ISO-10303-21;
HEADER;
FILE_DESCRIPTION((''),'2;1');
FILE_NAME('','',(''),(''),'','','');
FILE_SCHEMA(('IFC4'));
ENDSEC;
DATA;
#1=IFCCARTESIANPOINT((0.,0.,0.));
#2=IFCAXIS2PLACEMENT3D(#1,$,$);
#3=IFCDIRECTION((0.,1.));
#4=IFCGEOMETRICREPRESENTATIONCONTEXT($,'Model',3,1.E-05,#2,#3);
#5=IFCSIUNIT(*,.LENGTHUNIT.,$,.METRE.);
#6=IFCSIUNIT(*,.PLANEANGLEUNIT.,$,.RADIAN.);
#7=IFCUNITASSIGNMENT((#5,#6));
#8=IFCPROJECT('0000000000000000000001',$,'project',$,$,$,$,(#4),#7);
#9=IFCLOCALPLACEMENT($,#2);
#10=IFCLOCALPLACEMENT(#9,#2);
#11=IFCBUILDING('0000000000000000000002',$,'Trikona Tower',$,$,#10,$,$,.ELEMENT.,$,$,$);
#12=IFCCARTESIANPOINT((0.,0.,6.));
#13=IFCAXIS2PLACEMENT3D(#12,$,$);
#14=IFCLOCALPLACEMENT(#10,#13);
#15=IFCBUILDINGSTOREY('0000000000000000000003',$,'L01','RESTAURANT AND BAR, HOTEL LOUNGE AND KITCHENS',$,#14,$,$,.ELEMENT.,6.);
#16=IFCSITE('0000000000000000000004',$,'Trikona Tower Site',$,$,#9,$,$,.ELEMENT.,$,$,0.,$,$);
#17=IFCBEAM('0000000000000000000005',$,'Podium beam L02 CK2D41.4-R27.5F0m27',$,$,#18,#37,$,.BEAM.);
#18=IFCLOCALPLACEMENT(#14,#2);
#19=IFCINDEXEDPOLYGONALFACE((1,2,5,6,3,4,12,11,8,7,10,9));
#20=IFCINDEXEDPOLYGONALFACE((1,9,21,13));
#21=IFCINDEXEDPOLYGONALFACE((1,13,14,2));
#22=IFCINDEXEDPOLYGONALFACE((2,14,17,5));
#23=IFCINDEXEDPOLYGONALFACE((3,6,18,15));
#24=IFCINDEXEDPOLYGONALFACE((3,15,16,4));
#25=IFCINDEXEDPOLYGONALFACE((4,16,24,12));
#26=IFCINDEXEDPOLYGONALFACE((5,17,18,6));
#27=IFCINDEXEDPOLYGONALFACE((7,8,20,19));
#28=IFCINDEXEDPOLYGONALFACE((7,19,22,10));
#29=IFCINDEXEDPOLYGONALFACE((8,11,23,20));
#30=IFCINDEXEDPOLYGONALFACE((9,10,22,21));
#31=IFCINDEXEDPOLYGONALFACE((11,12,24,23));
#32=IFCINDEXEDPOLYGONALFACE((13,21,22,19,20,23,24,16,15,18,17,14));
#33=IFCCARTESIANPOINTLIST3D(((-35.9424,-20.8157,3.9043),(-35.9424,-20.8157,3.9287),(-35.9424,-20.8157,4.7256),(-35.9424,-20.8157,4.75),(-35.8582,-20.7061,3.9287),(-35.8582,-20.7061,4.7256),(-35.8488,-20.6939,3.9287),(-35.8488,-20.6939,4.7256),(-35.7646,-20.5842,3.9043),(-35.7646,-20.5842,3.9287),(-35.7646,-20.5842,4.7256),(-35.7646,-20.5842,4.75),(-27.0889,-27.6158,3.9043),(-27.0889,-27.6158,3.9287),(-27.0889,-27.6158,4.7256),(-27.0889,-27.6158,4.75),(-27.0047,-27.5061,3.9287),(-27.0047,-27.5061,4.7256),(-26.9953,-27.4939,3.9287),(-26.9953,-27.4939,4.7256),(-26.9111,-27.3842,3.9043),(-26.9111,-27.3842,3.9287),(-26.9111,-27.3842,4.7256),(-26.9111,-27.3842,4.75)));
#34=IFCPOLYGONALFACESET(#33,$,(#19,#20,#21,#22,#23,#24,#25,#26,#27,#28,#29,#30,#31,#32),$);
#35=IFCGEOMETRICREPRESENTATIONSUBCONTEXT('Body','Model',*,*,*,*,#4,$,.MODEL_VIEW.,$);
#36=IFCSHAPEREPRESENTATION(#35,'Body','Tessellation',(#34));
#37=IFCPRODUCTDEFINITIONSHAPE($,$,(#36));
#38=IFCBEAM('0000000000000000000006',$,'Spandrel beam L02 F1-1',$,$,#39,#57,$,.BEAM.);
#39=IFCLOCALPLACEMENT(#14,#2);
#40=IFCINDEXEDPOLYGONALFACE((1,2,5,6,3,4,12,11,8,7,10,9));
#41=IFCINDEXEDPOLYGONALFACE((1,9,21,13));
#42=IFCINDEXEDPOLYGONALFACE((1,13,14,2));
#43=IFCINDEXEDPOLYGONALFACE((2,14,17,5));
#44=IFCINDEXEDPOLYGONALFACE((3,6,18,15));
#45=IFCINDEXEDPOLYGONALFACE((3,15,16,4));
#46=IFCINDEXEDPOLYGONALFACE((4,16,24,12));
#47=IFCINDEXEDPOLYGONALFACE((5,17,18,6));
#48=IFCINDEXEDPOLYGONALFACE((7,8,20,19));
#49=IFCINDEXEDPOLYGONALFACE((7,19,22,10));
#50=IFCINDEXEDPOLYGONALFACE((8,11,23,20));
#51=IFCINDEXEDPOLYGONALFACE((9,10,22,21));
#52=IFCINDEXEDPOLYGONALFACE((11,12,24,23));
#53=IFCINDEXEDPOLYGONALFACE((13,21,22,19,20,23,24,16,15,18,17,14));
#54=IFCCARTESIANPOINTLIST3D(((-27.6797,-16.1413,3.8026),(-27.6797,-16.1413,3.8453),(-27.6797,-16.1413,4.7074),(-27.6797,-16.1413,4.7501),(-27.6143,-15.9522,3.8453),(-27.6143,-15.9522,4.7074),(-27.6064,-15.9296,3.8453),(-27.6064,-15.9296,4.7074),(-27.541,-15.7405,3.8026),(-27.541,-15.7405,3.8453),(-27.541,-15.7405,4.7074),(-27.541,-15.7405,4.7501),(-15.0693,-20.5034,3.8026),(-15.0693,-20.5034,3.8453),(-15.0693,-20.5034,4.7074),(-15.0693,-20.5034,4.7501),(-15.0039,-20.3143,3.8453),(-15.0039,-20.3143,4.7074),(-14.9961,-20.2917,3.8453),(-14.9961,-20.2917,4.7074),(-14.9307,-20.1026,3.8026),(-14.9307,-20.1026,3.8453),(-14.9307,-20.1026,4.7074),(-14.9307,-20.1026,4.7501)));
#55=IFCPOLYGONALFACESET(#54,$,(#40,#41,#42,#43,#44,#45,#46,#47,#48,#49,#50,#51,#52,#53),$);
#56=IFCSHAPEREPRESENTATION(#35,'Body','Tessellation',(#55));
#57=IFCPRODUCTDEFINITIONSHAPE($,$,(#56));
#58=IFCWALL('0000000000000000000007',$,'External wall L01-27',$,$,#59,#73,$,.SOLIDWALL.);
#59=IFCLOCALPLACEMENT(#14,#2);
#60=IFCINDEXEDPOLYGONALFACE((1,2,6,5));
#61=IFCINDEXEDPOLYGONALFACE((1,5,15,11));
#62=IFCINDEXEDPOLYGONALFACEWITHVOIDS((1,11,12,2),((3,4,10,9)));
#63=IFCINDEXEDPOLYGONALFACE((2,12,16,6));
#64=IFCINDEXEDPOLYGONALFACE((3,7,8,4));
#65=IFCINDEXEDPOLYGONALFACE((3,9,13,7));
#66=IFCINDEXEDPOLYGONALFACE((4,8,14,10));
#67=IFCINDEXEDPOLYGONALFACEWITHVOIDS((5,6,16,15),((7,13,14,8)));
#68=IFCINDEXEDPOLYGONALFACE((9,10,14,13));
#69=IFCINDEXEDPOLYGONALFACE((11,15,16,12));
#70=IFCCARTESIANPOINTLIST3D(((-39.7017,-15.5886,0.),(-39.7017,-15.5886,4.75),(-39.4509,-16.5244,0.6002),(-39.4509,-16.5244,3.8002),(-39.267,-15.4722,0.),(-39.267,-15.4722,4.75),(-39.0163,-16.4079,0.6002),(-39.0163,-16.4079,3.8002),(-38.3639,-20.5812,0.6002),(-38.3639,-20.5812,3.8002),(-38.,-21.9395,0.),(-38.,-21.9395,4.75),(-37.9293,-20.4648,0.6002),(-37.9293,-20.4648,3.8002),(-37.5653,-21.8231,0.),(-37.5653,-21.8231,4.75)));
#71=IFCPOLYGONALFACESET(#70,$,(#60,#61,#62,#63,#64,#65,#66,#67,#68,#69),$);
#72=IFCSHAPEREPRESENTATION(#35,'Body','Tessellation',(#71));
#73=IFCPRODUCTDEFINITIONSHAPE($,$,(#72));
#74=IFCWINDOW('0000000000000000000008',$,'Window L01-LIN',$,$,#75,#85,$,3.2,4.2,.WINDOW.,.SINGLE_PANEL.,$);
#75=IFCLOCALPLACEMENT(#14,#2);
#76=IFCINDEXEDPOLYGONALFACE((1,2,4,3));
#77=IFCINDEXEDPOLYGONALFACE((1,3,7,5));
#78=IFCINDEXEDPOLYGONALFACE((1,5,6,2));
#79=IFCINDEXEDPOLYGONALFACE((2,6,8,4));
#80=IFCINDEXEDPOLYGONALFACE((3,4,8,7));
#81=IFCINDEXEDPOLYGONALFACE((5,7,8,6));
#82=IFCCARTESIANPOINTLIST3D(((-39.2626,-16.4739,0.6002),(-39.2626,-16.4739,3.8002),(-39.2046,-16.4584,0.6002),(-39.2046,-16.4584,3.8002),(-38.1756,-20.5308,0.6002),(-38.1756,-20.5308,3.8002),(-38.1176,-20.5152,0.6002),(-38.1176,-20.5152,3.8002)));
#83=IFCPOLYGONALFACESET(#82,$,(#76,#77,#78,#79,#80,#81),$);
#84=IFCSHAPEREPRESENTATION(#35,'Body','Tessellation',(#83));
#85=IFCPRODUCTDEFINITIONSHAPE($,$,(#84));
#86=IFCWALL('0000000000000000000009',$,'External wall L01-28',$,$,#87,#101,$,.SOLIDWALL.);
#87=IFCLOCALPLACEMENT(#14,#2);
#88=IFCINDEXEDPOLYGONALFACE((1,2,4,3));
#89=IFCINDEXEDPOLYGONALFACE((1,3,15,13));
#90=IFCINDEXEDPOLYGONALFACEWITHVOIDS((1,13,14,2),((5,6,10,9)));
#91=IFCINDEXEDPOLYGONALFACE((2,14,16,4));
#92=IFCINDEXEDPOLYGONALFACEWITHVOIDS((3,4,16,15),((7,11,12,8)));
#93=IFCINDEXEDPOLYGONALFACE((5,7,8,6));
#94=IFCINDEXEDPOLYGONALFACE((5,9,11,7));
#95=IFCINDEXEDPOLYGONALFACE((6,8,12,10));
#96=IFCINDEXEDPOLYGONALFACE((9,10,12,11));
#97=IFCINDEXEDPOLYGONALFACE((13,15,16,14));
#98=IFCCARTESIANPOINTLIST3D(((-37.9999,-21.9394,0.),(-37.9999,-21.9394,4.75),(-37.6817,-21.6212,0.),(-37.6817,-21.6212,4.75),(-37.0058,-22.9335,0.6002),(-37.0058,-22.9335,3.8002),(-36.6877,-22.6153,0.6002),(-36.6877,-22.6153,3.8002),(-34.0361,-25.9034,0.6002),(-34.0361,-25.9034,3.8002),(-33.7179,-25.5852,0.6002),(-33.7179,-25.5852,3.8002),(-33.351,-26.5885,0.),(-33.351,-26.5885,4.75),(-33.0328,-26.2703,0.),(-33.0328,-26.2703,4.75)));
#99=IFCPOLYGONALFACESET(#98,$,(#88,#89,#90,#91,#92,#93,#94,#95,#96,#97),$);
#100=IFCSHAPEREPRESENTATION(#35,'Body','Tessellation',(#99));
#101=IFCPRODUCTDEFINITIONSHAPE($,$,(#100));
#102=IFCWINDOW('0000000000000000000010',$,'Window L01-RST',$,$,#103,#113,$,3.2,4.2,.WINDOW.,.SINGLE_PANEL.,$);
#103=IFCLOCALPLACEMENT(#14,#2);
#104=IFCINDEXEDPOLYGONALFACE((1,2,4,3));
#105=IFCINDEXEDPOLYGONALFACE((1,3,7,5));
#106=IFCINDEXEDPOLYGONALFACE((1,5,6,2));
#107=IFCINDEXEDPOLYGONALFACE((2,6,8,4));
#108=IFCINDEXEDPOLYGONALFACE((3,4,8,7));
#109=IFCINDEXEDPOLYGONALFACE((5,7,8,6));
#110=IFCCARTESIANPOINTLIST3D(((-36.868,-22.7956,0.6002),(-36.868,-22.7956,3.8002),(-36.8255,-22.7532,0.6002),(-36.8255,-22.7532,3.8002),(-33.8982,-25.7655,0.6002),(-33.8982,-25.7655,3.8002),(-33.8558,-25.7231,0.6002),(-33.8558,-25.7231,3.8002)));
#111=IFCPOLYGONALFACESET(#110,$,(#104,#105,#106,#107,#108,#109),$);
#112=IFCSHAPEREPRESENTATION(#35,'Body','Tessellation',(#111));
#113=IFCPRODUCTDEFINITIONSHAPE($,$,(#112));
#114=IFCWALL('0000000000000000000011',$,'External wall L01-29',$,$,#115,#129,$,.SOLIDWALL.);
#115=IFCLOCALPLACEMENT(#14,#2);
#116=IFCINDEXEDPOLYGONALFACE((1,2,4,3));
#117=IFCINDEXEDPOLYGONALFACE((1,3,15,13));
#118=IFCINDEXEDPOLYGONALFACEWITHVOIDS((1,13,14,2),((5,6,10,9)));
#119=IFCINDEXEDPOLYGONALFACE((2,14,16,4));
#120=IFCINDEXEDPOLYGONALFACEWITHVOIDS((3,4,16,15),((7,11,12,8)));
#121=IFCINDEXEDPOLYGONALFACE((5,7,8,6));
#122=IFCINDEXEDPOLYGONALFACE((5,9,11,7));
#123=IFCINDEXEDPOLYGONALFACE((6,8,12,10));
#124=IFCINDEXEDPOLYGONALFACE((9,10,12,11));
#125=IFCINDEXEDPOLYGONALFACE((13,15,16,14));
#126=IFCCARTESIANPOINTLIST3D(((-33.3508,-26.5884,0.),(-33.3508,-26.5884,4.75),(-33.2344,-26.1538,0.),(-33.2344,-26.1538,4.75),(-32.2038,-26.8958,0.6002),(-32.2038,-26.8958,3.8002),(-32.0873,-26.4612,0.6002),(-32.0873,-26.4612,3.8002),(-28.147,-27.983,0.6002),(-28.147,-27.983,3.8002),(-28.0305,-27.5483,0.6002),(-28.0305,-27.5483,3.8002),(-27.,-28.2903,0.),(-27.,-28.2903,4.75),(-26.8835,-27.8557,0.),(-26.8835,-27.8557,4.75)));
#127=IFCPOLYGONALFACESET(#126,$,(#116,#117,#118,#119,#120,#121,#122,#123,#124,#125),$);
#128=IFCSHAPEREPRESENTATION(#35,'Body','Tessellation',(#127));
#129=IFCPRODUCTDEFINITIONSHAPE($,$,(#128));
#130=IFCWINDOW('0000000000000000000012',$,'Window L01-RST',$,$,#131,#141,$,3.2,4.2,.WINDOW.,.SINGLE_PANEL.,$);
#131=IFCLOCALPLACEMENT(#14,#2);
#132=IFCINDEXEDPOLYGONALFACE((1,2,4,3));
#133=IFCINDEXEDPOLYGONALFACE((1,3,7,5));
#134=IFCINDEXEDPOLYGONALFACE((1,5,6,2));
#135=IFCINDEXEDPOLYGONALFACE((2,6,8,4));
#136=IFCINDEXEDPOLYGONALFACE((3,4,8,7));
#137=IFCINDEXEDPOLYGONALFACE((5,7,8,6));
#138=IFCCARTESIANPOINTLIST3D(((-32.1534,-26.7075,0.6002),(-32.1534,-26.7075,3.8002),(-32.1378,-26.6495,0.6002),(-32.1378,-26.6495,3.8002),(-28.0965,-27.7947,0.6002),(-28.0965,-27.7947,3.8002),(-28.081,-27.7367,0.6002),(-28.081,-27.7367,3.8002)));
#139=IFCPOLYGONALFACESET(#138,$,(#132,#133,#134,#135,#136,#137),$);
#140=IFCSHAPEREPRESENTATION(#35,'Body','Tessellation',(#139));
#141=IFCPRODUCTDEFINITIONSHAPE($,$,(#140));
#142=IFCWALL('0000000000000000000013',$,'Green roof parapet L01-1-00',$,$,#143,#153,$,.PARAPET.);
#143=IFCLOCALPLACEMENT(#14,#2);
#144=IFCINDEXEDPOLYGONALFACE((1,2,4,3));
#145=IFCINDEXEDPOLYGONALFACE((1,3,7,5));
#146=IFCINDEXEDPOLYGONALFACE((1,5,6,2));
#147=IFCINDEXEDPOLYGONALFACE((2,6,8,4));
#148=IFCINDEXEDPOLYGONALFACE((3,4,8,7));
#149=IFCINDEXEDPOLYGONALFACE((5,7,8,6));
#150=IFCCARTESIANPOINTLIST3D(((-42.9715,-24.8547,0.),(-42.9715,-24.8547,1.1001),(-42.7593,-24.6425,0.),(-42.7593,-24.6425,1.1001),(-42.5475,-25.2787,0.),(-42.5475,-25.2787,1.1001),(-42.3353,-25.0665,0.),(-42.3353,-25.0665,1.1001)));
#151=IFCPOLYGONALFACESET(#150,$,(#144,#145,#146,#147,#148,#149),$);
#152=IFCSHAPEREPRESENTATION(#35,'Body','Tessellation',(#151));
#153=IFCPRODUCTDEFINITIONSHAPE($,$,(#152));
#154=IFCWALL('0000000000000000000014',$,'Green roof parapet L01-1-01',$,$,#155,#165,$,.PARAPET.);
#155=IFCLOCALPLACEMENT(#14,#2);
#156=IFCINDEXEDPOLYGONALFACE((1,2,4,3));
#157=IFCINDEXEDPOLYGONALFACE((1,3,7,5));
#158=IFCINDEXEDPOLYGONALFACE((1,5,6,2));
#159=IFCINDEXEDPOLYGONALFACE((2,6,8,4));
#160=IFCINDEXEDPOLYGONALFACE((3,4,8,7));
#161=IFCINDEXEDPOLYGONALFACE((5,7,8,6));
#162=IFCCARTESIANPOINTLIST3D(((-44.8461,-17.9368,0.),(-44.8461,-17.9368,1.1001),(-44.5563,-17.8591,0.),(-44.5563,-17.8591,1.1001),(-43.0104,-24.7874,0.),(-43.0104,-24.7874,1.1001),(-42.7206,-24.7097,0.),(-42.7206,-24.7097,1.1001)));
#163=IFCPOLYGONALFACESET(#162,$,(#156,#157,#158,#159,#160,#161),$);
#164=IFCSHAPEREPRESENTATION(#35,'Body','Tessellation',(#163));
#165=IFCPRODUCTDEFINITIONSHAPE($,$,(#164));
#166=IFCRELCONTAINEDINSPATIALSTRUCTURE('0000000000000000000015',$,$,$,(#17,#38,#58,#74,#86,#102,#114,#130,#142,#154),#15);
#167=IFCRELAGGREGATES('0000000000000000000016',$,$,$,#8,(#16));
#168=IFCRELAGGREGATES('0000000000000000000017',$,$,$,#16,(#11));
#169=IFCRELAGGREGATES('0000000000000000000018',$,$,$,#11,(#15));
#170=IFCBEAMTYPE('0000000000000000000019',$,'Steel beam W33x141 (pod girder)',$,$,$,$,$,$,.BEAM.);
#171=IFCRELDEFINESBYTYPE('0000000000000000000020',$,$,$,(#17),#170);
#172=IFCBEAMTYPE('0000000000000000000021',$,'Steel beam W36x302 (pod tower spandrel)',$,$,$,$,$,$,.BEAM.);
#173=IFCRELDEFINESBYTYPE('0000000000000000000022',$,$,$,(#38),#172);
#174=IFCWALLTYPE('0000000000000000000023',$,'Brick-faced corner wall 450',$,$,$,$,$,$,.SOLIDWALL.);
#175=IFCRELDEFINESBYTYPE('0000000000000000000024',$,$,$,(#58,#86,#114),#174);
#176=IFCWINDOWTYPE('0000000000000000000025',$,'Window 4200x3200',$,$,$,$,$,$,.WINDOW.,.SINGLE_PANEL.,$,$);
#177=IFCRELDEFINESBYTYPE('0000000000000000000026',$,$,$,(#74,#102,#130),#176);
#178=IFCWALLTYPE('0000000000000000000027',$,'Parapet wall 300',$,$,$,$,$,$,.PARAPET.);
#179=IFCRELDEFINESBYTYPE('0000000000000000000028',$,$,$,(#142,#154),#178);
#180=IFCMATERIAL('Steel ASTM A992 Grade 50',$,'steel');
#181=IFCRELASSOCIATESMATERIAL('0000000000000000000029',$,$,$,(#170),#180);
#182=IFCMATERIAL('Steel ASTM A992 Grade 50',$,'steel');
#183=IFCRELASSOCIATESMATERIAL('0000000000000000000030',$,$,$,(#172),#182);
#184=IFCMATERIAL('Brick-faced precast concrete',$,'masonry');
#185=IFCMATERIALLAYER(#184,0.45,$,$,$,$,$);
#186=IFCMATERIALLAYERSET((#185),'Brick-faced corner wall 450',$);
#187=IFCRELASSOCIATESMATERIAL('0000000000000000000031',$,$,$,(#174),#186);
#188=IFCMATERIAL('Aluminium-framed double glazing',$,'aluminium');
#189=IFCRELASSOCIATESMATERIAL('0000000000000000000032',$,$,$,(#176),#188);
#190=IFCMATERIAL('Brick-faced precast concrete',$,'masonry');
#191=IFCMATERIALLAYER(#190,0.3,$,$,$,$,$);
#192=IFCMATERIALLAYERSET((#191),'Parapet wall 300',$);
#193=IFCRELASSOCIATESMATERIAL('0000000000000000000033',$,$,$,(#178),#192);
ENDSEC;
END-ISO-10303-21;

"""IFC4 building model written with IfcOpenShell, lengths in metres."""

from ifc_helpers import new_model, si_unit, direction, frame, frame_2d, origin, origin_2d, place, context, subcontext, project, spatial, rectangle, i_section, extrude, material, layer, layer_set, material_profile, profile_set, type_object, element, fill, save


model = new_model("IFC4")

# Units and contexts
model_context = context("Model", 3, precision=1e-05, world=origin(), true_north=direction((0.0, 1.0)))
body_context = subcontext(model_context, "Body", "Model", "MODEL_VIEW")
ifc_project = project(units=[si_unit("LENGTHUNIT", "METRE"), si_unit("PLANEANGLEUNIT", "RADIAN")], contexts=[model_context])

# Site, building, storey
site_placement = place(None, origin())
site = spatial("IfcSite", under=ifc_project, at=site_placement, Name="Trikona Tower Site", CompositionType="ELEMENT", RefElevation=0.0)
building_placement = place(site_placement, origin())
building = spatial("IfcBuilding", under=site, at=building_placement, Name="Trikona Tower", CompositionType="ELEMENT")
storey_placement = place(building_placement, frame((0.0, 0.0, 6.0)))
storey = spatial("IfcBuildingStorey", under=building, at=storey_placement, Name="L01", Description="RESTAURANT AND BAR, HOTEL LOUNGE AND KITCHENS", CompositionType="ELEMENT", Elevation=6.0)

# Beams
ifc_material_1 = material(Name="Steel ASTM A992 Grade 50", Category="steel")
ifc_material_profile_1 = material_profile(ifc_material_1, i_section(OverallWidth=0.292, OverallDepth=0.8457, WebThickness=0.0154, FlangeThickness=0.0244, at=origin_2d()), Name="W33X141")
ifc_profile_set_1 = profile_set([ifc_material_profile_1], Name="Steel ASTM A992 Grade 50")
beam_type_1 = type_object("IfcBeamType", Name="Steel beam W33x141 (pod girder)", PredefinedType="BEAM", material=ifc_profile_set_1)
beam_1_placement = place(storey_placement, frame((-35.8535, -20.7, 4.3271), z_axis=(0.793072, -0.609128, 0.0), x_axis=(0.609128, 0.793072, 0.0)))
element("IfcBeam", 1, at=beam_1_placement, inside=storey, type_object=beam_type_1, Name="Podium beam L02 CK2D41.4-R27.5F0m27", PredefinedType="BEAM", context=body_context, shape_type="SweptSolid", body=[
    extrude(i_section(OverallWidth=0.292, OverallDepth=0.8457, WebThickness=0.0154, FlangeThickness=0.0244, at=origin_2d()), origin(), (0.0, 0.0, 1.0), 11.1636),
])
ifc_material_2 = material(Name="Steel ASTM A992 Grade 50", Category="steel")
ifc_material_profile_2 = material_profile(ifc_material_2, i_section(OverallWidth=0.4241, OverallDepth=0.9475, WebThickness=0.0239, FlangeThickness=0.0427, at=origin_2d()), Name="W36X302")
ifc_profile_set_2 = profile_set([ifc_material_profile_2], Name="Steel ASTM A992 Grade 50")
beam_type_2 = type_object("IfcBeamType", Name="Steel beam W36x302 (pod tower spandrel)", PredefinedType="BEAM", material=ifc_profile_set_2)
beam_2_placement = place(storey_placement, frame((-27.6104, -15.9409, 4.2764), z_axis=(0.945057, -0.326906, 0.0), x_axis=(0.326906, 0.945057, 0.0)))
element("IfcBeam", 2, at=beam_2_placement, inside=storey, type_object=beam_type_2, Name="Spandrel beam L02 F1-1", PredefinedType="BEAM", context=body_context, shape_type="SweptSolid", body=[
    extrude(i_section(OverallWidth=0.4241, OverallDepth=0.9475, WebThickness=0.0239, FlangeThickness=0.0427, at=origin_2d()), origin(), (0.0, 0.0, 1.0), 13.3435),
])

# Walls, openings, windows
ifc_material_3 = material(Name="Brick-faced precast concrete", Category="masonry")
ifc_layer_1 = layer(ifc_material_3, 0.45)
ifc_layer_set_1 = layer_set([ifc_layer_1], Name="Brick-faced corner wall 450")
wall_type_1 = type_object("IfcWallType", Name="Brick-faced corner wall 450", PredefinedType="SOLIDWALL", material=ifc_layer_set_1)
wall_1_placement = place(storey_placement, frame((-39.4844, -15.5303, 0.0), z_axis=(0.0, 0.0, 1.0), x_axis=(0.258813, -0.965927, 0.0)))
wall_1 = element("IfcWall", 3, at=wall_1_placement, inside=storey, type_object=wall_type_1, Name="External wall L01-27", PredefinedType="SOLIDWALL", context=body_context, shape_type="SweptSolid", body=[
    extrude(rectangle(XDim=6.575, YDim=0.45, at=frame_2d((3.2876, 0.0))), origin(), (0.0, 0.0, 1.0), 4.75),
])
opening_1_placement = place(wall_1_placement, frame((0.9688, 0.0, 0.6001)))
opening_1 = element("IfcOpeningElement", 4, at=opening_1_placement, cuts=wall_1, PredefinedType="OPENING", context=body_context, shape_type="SweptSolid", body=[
    extrude(rectangle(XDim=4.2, YDim=3.2, at=frame_2d((2.1001, 1.6001))), frame((0.0, 0.2349, 0.0), z_axis=(0.0, -1.0, 0.0), x_axis=(1.0, 0.0, 0.0)), (0.0, 0.0, 1.0), 0.47),
])
ifc_material_4 = material(Name="Aluminium-framed double glazing", Category="aluminium")
window_type = type_object("IfcWindowType", Name="Window 4200x3200", PartitioningType="SINGLE_PANEL", PredefinedType="WINDOW", material=ifc_material_4)
window_1_placement = place(opening_1_placement, origin())
window_1 = element("IfcWindow", 5, at=window_1_placement, inside=storey, type_object=window_type, Name="Window L01-LIN", OverallHeight=3.2, OverallWidth=4.2, PartitioningType="SINGLE_PANEL", PredefinedType="WINDOW", context=body_context, shape_type="SweptSolid", body=[
    extrude(rectangle(XDim=4.2, YDim=3.2, at=frame_2d((2.1001, 1.6001))), frame((0.0, 0.03, 0.0), z_axis=(0.0, -1.0, 0.0), x_axis=(1.0, 0.0, 0.0)), (0.0, 0.0, 1.0), 0.0601),
])
fill(opening_1, window_1)
wall_2_placement = place(storey_placement, frame((-37.8408, -21.7803, 0.0), z_axis=(0.0, 0.0, 1.0), x_axis=(0.707088, -0.707125, 0.0)))
wall_2 = element("IfcWall", 6, at=wall_2_placement, inside=storey, type_object=wall_type_1, Name="External wall L01-28", PredefinedType="SOLIDWALL", context=body_context, shape_type="SweptSolid", body=[
    extrude(rectangle(XDim=6.5747, YDim=0.45, at=frame_2d((3.2874, 0.0))), origin(), (0.0, 0.0, 1.0), 4.75),
])
opening_2_placement = place(wall_2_placement, frame((1.4058, 0.0, 0.6001)))
opening_2 = element("IfcOpeningElement", 7, at=opening_2_placement, cuts=wall_2, PredefinedType="OPENING", context=body_context, shape_type="SweptSolid", body=[
    extrude(rectangle(XDim=4.2, YDim=3.2, at=frame_2d((2.1001, 1.6001))), frame((0.0, 0.2349, 0.0), z_axis=(0.0, -1.0, 0.0), x_axis=(1.0, 0.0, 0.0)), (0.0, 0.0, 1.0), 0.47),
])
window_2_placement = place(opening_2_placement, origin())
window_2 = element("IfcWindow", 8, at=window_2_placement, inside=storey, type_object=window_type, Name="Window L01-RST", OverallHeight=3.2, OverallWidth=4.2, PartitioningType="SINGLE_PANEL", PredefinedType="WINDOW", context=body_context, shape_type="SweptSolid", body=[
    extrude(rectangle(XDim=4.2, YDim=3.2, at=frame_2d((2.1001, 1.6001))), frame((0.0, 0.03, 0.0), z_axis=(0.0, -1.0, 0.0), x_axis=(1.0, 0.0, 0.0)), (0.0, 0.0, 1.0), 0.0601),
])
fill(opening_2, window_2)
wall_3_placement = place(storey_placement, frame((-33.2927, -26.3711, 0.0), z_axis=(0.0, 0.0, 1.0), x_axis=(0.965918, -0.258848, 0.0)))
wall_3 = element("IfcWall", 9, at=wall_3_placement, inside=storey, type_object=wall_type_1, Name="External wall L01-29", PredefinedType="SOLIDWALL", context=body_context, shape_type="SweptSolid", body=[
    extrude(rectangle(XDim=6.575, YDim=0.45, at=frame_2d((3.2876, 0.0))), origin(), (0.0, 0.0, 1.0), 4.75),
])
opening_3_placement = place(wall_3_placement, frame((1.1875, 0.0, 0.6001)))
opening_3 = element("IfcOpeningElement", 10, at=opening_3_placement, cuts=wall_3, PredefinedType="OPENING", context=body_context, shape_type="SweptSolid", body=[
    extrude(rectangle(XDim=4.2, YDim=3.2, at=frame_2d((2.1001, 1.6001))), frame((0.0, 0.2349, 0.0), z_axis=(0.0, -1.0, 0.0), x_axis=(1.0, 0.0, 0.0)), (0.0, 0.0, 1.0), 0.47),
])
window_3_placement = place(opening_3_placement, origin())
window_3 = element("IfcWindow", 11, at=window_3_placement, inside=storey, type_object=window_type, Name="Window L01-RST", OverallHeight=3.2, OverallWidth=4.2, PartitioningType="SINGLE_PANEL", PredefinedType="WINDOW", context=body_context, shape_type="SweptSolid", body=[
    extrude(rectangle(XDim=4.2, YDim=3.2, at=frame_2d((2.1001, 1.6001))), frame((0.0, 0.03, 0.0), z_axis=(0.0, -1.0, 0.0), x_axis=(1.0, 0.0, 0.0)), (0.0, 0.0, 1.0), 0.0601),
])
fill(opening_3, window_3)

# Walls
ifc_material_5 = material(Name="Brick-faced precast concrete", Category="masonry")
ifc_layer_2 = layer(ifc_material_5, 0.3)
ifc_layer_set_2 = layer_set([ifc_layer_2], Name="Parapet wall 300")
wall_type_2 = type_object("IfcWallType", Name="Parapet wall 300", PredefinedType="PARAPET", material=ifc_layer_set_2)
wall_4_placement = place(storey_placement, frame((-42.4414, -25.1726, 0.0), z_axis=(0.0, 0.0, 1.0), x_axis=(-0.707107, 0.707107, 0.0)))
element("IfcWall", 12, at=wall_4_placement, inside=storey, type_object=wall_type_2, Name="Green roof parapet L01-1-00", PredefinedType="PARAPET", context=body_context, shape_type="SweptSolid", body=[
    extrude(rectangle(XDim=0.5996, YDim=0.3, at=frame_2d((0.2998, 0.0))), origin(), (0.0, 0.0, 1.0), 1.1001),
])
wall_5_placement = place(storey_placement, frame((-42.8655, -24.7485, 0.0), z_axis=(0.0, 0.0, 1.0), x_axis=(-0.25883, 0.965923, 0.0)))
element("IfcWall", 13, at=wall_5_placement, inside=storey, type_object=wall_type_2, Name="Green roof parapet L01-1-01", PredefinedType="PARAPET", context=body_context, shape_type="SweptSolid", body=[
    extrude(rectangle(XDim=7.0923, YDim=0.3, at=frame_2d((3.5461, 0.0))), origin(), (0.0, 0.0, 1.0), 1.1001),
])

save(model, "model.ifc")
